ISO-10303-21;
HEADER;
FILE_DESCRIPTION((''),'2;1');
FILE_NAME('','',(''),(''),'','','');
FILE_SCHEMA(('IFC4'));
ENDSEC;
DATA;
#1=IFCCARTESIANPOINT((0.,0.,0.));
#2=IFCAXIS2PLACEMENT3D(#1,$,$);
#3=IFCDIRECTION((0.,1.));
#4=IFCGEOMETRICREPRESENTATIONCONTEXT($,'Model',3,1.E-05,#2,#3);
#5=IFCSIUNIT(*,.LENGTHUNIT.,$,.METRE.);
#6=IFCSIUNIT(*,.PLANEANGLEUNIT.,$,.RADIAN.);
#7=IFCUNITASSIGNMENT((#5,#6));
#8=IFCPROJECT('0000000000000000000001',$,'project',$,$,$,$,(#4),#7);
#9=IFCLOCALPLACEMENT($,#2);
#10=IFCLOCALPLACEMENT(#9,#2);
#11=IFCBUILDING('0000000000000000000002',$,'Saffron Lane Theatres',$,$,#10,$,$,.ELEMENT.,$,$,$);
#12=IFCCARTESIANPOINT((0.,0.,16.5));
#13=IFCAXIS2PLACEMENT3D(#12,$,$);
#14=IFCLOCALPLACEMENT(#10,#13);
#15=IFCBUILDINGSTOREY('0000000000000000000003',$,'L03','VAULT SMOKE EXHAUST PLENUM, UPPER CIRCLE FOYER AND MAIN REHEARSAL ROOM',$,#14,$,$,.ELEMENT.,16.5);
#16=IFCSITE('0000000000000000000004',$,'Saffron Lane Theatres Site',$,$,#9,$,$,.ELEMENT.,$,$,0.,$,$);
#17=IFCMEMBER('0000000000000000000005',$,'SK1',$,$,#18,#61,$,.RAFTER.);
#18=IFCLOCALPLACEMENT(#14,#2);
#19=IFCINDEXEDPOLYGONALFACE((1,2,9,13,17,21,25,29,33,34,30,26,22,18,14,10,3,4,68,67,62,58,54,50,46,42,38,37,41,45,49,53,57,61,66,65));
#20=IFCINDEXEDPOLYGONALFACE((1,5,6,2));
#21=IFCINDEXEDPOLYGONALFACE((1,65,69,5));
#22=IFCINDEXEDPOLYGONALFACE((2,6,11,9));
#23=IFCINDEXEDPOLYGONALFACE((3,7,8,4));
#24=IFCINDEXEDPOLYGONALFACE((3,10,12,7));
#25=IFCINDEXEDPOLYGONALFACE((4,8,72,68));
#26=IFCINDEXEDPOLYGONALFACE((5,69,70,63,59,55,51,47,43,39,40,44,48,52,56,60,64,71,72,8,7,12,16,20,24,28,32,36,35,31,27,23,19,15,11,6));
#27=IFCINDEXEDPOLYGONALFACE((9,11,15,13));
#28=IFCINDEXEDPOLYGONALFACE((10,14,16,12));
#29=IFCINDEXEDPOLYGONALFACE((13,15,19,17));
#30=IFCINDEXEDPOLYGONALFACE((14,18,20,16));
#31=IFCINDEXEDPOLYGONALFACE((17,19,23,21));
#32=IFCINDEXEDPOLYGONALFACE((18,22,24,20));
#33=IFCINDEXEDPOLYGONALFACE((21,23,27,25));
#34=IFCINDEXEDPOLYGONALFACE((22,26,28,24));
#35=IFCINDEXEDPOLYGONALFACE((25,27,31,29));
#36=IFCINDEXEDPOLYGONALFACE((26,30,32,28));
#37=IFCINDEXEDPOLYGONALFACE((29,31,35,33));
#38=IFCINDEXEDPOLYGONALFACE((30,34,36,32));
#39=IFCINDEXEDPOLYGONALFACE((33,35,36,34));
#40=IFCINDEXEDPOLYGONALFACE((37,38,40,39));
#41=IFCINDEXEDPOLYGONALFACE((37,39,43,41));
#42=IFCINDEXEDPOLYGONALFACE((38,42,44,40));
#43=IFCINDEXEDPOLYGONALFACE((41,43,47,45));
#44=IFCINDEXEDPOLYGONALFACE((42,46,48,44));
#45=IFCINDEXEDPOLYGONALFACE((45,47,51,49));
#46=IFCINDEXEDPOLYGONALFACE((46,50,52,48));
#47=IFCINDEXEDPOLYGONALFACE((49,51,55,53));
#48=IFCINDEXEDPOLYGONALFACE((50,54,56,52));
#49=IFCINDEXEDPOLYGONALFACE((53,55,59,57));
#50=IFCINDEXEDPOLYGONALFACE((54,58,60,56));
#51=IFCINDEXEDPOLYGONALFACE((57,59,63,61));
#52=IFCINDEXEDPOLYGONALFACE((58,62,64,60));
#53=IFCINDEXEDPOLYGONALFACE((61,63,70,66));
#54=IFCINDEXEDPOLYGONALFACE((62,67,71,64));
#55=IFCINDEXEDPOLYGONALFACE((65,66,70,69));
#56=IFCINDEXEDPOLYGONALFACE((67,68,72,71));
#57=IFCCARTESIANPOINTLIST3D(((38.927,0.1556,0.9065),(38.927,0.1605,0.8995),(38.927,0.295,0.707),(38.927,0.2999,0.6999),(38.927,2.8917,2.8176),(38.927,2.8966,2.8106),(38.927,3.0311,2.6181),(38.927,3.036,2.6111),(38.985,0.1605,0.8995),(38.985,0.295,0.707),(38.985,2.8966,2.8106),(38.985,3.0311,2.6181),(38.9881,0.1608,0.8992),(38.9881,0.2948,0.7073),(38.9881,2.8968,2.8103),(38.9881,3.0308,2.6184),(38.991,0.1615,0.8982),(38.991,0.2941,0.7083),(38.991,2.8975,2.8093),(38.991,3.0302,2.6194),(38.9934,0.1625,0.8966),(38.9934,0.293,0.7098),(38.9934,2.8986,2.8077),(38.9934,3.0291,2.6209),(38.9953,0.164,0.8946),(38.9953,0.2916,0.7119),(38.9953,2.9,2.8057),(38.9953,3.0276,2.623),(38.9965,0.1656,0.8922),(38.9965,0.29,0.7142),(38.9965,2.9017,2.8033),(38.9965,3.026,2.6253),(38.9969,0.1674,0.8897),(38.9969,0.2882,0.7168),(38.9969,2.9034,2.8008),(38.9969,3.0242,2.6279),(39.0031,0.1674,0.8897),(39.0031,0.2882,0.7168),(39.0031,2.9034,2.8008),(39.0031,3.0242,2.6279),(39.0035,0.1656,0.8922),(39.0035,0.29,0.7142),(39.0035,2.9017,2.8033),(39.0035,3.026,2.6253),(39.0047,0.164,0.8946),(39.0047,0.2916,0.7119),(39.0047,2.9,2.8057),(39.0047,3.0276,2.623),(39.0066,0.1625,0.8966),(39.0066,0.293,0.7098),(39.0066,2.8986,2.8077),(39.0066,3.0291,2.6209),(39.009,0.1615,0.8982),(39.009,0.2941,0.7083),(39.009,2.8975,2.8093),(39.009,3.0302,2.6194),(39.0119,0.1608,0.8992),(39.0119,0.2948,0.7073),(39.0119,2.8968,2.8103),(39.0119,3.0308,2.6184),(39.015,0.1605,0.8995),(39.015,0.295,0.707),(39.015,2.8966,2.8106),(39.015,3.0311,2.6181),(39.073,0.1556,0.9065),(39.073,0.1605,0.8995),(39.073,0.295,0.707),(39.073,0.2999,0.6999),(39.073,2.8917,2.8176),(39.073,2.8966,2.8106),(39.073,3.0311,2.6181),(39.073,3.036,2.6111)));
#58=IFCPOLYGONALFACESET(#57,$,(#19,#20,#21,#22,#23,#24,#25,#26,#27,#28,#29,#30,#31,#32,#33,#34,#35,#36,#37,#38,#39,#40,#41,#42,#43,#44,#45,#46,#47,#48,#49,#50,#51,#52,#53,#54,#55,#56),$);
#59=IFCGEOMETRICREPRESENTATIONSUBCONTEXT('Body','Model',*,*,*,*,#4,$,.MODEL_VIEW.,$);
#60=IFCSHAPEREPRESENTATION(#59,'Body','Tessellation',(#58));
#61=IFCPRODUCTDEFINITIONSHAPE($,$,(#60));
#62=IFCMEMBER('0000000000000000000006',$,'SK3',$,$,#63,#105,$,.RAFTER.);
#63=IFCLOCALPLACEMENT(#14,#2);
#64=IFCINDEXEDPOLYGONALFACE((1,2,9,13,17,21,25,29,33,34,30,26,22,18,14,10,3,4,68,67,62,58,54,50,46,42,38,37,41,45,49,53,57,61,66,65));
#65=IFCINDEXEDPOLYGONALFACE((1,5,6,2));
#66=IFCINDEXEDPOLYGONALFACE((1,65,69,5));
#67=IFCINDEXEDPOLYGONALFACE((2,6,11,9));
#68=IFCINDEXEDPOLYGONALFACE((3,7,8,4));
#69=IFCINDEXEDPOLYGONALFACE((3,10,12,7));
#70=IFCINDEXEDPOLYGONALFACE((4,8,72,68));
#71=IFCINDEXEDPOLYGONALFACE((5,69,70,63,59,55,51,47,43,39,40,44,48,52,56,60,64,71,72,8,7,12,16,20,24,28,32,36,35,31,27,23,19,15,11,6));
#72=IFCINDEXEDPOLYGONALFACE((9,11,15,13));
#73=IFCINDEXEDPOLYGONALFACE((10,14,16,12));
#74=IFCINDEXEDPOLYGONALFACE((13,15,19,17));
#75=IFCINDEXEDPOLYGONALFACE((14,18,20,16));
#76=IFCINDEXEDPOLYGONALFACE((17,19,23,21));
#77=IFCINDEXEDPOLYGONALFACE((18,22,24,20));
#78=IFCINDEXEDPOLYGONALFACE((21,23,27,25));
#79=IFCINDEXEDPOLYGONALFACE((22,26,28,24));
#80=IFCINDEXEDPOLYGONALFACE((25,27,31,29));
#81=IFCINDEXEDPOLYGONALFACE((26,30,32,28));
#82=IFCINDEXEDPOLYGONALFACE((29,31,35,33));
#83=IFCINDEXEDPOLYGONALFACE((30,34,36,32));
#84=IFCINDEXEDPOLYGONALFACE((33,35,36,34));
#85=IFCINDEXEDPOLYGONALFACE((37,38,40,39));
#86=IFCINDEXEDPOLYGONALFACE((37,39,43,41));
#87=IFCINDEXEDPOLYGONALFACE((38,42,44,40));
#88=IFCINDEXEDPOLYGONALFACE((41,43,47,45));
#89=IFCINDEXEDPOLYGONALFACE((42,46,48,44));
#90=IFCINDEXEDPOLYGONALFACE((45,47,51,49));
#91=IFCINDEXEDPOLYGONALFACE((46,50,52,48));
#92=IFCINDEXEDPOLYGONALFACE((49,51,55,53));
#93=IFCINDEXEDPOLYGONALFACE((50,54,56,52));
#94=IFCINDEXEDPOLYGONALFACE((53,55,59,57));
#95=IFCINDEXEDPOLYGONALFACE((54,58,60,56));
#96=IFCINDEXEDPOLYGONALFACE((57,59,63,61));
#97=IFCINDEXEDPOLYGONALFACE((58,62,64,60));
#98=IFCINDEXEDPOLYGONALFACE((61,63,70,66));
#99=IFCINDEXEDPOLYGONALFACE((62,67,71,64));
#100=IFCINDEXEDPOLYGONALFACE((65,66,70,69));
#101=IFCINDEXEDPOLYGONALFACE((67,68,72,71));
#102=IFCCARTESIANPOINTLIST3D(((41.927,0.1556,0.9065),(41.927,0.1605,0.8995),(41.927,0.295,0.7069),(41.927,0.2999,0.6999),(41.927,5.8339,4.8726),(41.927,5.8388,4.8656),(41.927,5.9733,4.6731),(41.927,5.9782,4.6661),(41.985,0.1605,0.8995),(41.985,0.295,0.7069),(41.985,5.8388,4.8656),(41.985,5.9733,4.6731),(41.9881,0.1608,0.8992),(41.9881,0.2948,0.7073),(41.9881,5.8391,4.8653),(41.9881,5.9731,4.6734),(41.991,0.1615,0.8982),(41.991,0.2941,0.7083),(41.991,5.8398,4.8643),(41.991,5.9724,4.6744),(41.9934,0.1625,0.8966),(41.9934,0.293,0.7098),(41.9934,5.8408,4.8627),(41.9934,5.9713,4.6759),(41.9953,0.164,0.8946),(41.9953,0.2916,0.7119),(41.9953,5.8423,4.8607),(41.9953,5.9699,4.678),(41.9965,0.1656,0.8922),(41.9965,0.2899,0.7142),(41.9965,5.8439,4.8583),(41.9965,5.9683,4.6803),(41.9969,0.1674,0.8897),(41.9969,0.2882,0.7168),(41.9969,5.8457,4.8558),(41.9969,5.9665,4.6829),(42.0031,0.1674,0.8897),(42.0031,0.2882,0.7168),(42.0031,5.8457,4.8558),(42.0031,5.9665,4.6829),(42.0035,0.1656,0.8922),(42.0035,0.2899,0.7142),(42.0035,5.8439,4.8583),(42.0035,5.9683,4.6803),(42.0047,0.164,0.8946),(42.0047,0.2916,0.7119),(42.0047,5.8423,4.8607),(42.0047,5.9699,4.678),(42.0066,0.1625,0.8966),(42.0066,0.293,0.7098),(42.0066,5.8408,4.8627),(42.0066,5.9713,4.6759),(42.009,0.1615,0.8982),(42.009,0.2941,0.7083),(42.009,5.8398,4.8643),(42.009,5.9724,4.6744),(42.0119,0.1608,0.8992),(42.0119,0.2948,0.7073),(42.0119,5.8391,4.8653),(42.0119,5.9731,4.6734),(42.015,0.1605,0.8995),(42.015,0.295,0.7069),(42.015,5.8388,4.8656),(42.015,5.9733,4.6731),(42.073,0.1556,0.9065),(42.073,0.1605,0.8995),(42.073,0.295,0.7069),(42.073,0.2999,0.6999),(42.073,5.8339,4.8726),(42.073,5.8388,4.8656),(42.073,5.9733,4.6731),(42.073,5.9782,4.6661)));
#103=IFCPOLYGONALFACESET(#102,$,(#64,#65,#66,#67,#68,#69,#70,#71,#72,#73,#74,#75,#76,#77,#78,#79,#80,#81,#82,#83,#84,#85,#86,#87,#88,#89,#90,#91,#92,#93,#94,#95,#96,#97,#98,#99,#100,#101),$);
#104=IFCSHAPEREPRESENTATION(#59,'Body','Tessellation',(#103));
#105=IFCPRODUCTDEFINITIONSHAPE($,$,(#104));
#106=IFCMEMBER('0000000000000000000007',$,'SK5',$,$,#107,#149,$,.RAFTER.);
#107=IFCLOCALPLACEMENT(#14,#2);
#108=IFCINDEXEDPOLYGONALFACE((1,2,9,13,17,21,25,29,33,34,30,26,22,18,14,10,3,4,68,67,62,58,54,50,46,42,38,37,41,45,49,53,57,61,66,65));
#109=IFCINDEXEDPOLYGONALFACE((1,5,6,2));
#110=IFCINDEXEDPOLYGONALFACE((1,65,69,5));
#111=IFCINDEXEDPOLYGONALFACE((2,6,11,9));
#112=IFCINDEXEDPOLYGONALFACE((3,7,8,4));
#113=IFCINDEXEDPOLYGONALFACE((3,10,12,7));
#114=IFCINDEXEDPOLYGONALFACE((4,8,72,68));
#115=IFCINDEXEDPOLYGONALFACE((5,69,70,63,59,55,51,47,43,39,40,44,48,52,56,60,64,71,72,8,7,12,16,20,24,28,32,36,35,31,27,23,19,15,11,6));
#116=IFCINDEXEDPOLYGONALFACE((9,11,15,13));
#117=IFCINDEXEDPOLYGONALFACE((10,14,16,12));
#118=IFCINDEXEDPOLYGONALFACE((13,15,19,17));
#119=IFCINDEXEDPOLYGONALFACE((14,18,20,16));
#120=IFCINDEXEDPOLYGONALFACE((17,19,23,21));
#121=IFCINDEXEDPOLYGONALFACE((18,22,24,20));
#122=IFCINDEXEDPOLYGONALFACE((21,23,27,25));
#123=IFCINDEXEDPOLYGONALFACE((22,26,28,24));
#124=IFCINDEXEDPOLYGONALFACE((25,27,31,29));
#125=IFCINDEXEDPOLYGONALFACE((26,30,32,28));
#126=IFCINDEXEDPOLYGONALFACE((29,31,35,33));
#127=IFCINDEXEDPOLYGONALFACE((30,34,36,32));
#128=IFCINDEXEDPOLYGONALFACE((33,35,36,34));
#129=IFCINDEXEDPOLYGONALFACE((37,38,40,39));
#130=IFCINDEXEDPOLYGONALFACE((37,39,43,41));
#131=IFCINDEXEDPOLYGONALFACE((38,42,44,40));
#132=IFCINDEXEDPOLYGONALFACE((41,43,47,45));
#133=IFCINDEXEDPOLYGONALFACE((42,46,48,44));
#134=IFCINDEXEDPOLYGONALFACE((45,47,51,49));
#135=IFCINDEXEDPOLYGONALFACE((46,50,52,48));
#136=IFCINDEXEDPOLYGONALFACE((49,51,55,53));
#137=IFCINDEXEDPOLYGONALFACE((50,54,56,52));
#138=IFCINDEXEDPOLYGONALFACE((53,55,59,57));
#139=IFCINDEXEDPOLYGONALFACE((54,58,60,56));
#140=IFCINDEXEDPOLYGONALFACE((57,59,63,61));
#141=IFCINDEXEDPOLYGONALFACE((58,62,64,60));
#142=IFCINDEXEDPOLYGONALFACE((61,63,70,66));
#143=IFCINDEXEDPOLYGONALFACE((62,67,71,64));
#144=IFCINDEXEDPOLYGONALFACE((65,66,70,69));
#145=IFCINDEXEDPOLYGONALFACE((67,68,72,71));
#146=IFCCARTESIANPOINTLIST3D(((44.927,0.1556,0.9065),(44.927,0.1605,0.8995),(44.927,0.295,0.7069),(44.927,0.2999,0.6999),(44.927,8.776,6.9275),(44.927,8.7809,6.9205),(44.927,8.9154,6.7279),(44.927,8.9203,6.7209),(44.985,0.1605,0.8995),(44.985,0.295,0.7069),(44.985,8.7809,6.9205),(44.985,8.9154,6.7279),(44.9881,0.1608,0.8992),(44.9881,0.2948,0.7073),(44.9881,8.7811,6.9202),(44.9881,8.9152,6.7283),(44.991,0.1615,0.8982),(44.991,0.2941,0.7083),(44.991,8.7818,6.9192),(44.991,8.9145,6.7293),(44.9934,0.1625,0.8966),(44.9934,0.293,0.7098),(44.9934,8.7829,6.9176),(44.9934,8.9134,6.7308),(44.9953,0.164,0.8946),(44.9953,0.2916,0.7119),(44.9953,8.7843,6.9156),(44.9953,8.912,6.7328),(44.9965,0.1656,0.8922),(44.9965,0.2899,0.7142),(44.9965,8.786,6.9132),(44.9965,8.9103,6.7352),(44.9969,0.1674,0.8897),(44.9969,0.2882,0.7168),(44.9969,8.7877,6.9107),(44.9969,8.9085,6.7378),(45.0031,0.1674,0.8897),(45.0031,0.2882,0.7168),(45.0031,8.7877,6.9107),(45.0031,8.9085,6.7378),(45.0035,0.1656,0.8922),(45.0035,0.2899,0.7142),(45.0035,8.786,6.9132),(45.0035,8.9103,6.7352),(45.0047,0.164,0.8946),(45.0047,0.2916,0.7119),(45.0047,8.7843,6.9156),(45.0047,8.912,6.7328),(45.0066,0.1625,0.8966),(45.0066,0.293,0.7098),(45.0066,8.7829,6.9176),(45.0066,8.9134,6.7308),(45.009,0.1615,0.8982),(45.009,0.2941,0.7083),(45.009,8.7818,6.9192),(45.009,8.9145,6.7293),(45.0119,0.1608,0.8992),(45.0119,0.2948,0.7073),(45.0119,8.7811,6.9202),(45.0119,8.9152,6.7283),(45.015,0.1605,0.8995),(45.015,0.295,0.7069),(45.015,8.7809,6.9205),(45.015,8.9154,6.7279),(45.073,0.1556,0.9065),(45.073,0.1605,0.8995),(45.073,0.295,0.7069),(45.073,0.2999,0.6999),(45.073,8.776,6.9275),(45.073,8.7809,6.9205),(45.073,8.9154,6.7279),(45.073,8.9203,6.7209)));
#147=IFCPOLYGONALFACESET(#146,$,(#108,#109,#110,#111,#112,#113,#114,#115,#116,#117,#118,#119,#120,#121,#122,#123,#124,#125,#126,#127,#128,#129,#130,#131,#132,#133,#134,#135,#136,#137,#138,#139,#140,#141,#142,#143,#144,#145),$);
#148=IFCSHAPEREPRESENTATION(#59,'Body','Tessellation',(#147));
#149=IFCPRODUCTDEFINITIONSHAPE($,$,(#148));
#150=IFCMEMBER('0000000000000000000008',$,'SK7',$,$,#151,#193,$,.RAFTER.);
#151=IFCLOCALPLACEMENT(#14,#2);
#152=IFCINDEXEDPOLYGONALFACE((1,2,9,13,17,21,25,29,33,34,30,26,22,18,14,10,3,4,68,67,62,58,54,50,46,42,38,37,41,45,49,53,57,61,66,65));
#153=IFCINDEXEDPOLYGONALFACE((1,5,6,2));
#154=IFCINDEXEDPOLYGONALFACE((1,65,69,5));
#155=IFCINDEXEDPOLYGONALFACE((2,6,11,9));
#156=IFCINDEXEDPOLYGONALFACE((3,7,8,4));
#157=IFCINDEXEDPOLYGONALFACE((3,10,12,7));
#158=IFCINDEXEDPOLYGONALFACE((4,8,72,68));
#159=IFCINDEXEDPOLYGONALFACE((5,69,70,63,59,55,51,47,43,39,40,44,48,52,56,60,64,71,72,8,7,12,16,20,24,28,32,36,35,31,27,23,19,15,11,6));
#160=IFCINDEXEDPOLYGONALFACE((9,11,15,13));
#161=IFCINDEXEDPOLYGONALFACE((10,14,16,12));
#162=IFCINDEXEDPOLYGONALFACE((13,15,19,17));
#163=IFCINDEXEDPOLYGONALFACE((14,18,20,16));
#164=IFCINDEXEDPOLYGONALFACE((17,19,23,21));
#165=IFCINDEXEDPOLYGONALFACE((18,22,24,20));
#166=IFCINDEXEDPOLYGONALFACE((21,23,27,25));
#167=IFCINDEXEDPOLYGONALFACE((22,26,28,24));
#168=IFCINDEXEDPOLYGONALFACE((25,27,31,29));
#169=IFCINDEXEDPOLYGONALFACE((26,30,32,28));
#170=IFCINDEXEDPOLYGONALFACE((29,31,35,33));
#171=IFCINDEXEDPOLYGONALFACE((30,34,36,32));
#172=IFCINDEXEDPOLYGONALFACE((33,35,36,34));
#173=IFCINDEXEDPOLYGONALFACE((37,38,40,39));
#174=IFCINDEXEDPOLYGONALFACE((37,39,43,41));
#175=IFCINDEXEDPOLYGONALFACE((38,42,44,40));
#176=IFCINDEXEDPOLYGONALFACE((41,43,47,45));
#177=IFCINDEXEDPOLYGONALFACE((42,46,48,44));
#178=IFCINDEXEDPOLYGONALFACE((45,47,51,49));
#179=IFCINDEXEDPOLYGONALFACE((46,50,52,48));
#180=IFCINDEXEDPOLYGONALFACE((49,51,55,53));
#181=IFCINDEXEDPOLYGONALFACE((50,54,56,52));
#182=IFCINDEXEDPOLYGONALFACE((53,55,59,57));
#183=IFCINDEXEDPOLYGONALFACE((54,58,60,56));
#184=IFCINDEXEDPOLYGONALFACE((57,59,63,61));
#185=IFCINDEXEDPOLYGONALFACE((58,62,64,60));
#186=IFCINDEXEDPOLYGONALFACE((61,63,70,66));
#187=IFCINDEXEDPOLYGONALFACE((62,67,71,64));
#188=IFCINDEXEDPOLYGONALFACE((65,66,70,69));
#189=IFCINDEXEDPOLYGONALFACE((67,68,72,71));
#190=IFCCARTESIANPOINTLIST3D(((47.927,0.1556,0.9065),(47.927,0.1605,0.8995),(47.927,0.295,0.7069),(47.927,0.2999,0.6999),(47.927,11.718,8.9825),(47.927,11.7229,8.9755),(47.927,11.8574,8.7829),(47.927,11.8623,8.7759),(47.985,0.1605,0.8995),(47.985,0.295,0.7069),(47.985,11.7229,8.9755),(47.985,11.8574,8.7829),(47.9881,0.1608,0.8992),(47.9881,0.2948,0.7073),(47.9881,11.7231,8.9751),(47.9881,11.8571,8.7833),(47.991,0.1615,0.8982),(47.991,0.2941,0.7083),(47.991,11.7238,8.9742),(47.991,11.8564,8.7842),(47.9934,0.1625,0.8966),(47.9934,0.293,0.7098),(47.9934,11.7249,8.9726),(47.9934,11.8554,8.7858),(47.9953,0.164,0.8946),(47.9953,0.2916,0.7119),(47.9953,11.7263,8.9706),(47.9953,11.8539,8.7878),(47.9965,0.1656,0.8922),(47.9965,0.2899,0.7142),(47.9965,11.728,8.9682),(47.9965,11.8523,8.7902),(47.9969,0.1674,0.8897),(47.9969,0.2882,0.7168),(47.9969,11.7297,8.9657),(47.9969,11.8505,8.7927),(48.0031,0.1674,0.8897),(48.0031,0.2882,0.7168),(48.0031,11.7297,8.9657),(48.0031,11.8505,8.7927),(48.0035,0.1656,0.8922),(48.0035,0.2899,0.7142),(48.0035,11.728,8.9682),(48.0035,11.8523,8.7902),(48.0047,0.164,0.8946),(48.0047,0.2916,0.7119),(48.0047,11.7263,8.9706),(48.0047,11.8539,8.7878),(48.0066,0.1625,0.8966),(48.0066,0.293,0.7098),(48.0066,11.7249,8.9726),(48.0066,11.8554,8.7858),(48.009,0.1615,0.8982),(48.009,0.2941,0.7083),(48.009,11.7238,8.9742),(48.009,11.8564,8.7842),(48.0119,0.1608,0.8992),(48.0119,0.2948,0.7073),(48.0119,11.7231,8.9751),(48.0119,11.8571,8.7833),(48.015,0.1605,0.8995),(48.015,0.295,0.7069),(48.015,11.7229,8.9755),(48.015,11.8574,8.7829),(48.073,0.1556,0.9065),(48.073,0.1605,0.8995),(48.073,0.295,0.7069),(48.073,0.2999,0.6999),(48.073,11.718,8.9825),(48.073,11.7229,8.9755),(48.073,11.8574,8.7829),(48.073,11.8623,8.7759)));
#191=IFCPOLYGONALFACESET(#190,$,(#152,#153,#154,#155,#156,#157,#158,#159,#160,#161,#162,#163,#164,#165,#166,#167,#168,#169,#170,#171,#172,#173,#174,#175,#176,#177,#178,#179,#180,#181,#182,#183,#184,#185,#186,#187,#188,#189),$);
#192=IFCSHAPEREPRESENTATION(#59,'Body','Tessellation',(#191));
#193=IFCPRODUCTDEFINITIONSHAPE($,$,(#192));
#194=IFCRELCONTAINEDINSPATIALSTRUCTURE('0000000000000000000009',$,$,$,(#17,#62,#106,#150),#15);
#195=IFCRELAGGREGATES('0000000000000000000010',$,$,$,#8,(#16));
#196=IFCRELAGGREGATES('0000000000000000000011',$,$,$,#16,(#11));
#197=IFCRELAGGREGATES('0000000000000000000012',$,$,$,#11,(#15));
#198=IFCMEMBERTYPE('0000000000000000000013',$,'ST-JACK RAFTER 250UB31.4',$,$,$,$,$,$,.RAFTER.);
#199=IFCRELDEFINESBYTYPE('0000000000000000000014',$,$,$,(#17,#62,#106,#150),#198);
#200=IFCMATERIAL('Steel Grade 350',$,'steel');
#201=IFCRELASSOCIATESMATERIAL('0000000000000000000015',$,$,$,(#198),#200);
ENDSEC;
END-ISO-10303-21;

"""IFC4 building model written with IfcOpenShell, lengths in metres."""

from ifc_helpers import new_model, si_unit, direction, frame, origin, origin_2d, place, context, subcontext, project, spatial, i_section, extrude, material, material_profile, profile_set, type_object, element, save


model = new_model("IFC4")

# Units and contexts
model_context = context("Model", 3, precision=1e-05, world=origin(), true_north=direction((0.0, 1.0)))
body_context = subcontext(model_context, "Body", "Model", "MODEL_VIEW")
ifc_project = project(units=[si_unit("LENGTHUNIT", "METRE"), si_unit("PLANEANGLEUNIT", "RADIAN")], contexts=[model_context])

# Site, building, storey
site_placement = place(None, origin())
site = spatial("IfcSite", under=ifc_project, at=site_placement, Name="Saffron Lane Theatres Site", CompositionType="ELEMENT", RefElevation=0.0)
building_placement = place(site_placement, origin())
building = spatial("IfcBuilding", under=site, at=building_placement, Name="Saffron Lane Theatres", CompositionType="ELEMENT")
storey_placement = place(building_placement, frame((0.0, 0.0, 16.5)))
storey = spatial("IfcBuildingStorey", under=building, at=storey_placement, Name="L03", Description="VAULT SMOKE EXHAUST PLENUM, UPPER CIRCLE FOYER AND MAIN REHEARSAL ROOM", CompositionType="ELEMENT", Elevation=16.5)

# Members
ifc_material_1 = material(Name="Steel Grade 350", Category="steel")
ifc_material_profile_1 = material_profile(ifc_material_1, i_section(OverallWidth=0.146, OverallDepth=0.252, WebThickness=0.0061, FlangeThickness=0.0085, FilletRadius=0.012, at=origin_2d()))
ifc_profile_set_1 = profile_set([ifc_material_profile_1], Name="Steel Grade 350")
member_type_1 = type_object("IfcMemberType", Name="ST-JACK RAFTER 250UB31.4", PredefinedType="RAFTER", material=ifc_profile_set_1)
member_1_placement = place(storey_placement, frame((39.0, 0.2278, 0.8032), z_axis=(0.0, 0.819812, 0.572632), x_axis=(-1.0, 0.0, 0.0)))
element("IfcMember", 1, at=member_1_placement, inside=storey, type_object=member_type_1, Name="SK1", PredefinedType="RAFTER", context=body_context, shape_type="SweptSolid", body=[
    extrude(i_section(OverallWidth=0.146, OverallDepth=0.252, WebThickness=0.0061, FlangeThickness=0.0085, FilletRadius=0.012, at=origin_2d()), origin(), (0.0, 0.0, 1.0), 3.3374),
])
member_2_placement = place(storey_placement, frame((42.0, 0.2278, 0.8032), z_axis=(0.0, 0.819821, 0.57262), x_axis=(-1.0, 0.0, 0.0)))
element("IfcMember", 2, at=member_2_placement, inside=storey, type_object=member_type_1, Name="SK3", PredefinedType="RAFTER", context=body_context, shape_type="SweptSolid", body=[
    extrude(i_section(OverallWidth=0.146, OverallDepth=0.252, WebThickness=0.0061, FlangeThickness=0.0085, FilletRadius=0.012, at=origin_2d()), origin(), (0.0, 0.0, 1.0), 6.9263),
])
member_3_placement = place(storey_placement, frame((45.0, 0.2278, 0.8032), z_axis=(0.0, 0.819824, 0.572616), x_axis=(-1.0, 0.0, 0.0)))
element("IfcMember", 3, at=member_3_placement, inside=storey, type_object=member_type_1, Name="SK5", PredefinedType="RAFTER", context=body_context, shape_type="SweptSolid", body=[
    extrude(i_section(OverallWidth=0.146, OverallDepth=0.252, WebThickness=0.0061, FlangeThickness=0.0085, FilletRadius=0.012, at=origin_2d()), origin(), (0.0, 0.0, 1.0), 10.5149),
])
member_4_placement = place(storey_placement, frame((48.0, 0.2278, 0.8032), z_axis=(0.0, 0.819819, 0.572622), x_axis=(-1.0, 0.0, 0.0)))
element("IfcMember", 4, at=member_4_placement, inside=storey, type_object=member_type_1, Name="SK7", PredefinedType="RAFTER", context=body_context, shape_type="SweptSolid", body=[
    extrude(i_section(OverallWidth=0.146, OverallDepth=0.252, WebThickness=0.0061, FlangeThickness=0.0085, FilletRadius=0.012, at=origin_2d()), origin(), (0.0, 0.0, 1.0), 14.1035),
])

save(model, "model.ifc")
